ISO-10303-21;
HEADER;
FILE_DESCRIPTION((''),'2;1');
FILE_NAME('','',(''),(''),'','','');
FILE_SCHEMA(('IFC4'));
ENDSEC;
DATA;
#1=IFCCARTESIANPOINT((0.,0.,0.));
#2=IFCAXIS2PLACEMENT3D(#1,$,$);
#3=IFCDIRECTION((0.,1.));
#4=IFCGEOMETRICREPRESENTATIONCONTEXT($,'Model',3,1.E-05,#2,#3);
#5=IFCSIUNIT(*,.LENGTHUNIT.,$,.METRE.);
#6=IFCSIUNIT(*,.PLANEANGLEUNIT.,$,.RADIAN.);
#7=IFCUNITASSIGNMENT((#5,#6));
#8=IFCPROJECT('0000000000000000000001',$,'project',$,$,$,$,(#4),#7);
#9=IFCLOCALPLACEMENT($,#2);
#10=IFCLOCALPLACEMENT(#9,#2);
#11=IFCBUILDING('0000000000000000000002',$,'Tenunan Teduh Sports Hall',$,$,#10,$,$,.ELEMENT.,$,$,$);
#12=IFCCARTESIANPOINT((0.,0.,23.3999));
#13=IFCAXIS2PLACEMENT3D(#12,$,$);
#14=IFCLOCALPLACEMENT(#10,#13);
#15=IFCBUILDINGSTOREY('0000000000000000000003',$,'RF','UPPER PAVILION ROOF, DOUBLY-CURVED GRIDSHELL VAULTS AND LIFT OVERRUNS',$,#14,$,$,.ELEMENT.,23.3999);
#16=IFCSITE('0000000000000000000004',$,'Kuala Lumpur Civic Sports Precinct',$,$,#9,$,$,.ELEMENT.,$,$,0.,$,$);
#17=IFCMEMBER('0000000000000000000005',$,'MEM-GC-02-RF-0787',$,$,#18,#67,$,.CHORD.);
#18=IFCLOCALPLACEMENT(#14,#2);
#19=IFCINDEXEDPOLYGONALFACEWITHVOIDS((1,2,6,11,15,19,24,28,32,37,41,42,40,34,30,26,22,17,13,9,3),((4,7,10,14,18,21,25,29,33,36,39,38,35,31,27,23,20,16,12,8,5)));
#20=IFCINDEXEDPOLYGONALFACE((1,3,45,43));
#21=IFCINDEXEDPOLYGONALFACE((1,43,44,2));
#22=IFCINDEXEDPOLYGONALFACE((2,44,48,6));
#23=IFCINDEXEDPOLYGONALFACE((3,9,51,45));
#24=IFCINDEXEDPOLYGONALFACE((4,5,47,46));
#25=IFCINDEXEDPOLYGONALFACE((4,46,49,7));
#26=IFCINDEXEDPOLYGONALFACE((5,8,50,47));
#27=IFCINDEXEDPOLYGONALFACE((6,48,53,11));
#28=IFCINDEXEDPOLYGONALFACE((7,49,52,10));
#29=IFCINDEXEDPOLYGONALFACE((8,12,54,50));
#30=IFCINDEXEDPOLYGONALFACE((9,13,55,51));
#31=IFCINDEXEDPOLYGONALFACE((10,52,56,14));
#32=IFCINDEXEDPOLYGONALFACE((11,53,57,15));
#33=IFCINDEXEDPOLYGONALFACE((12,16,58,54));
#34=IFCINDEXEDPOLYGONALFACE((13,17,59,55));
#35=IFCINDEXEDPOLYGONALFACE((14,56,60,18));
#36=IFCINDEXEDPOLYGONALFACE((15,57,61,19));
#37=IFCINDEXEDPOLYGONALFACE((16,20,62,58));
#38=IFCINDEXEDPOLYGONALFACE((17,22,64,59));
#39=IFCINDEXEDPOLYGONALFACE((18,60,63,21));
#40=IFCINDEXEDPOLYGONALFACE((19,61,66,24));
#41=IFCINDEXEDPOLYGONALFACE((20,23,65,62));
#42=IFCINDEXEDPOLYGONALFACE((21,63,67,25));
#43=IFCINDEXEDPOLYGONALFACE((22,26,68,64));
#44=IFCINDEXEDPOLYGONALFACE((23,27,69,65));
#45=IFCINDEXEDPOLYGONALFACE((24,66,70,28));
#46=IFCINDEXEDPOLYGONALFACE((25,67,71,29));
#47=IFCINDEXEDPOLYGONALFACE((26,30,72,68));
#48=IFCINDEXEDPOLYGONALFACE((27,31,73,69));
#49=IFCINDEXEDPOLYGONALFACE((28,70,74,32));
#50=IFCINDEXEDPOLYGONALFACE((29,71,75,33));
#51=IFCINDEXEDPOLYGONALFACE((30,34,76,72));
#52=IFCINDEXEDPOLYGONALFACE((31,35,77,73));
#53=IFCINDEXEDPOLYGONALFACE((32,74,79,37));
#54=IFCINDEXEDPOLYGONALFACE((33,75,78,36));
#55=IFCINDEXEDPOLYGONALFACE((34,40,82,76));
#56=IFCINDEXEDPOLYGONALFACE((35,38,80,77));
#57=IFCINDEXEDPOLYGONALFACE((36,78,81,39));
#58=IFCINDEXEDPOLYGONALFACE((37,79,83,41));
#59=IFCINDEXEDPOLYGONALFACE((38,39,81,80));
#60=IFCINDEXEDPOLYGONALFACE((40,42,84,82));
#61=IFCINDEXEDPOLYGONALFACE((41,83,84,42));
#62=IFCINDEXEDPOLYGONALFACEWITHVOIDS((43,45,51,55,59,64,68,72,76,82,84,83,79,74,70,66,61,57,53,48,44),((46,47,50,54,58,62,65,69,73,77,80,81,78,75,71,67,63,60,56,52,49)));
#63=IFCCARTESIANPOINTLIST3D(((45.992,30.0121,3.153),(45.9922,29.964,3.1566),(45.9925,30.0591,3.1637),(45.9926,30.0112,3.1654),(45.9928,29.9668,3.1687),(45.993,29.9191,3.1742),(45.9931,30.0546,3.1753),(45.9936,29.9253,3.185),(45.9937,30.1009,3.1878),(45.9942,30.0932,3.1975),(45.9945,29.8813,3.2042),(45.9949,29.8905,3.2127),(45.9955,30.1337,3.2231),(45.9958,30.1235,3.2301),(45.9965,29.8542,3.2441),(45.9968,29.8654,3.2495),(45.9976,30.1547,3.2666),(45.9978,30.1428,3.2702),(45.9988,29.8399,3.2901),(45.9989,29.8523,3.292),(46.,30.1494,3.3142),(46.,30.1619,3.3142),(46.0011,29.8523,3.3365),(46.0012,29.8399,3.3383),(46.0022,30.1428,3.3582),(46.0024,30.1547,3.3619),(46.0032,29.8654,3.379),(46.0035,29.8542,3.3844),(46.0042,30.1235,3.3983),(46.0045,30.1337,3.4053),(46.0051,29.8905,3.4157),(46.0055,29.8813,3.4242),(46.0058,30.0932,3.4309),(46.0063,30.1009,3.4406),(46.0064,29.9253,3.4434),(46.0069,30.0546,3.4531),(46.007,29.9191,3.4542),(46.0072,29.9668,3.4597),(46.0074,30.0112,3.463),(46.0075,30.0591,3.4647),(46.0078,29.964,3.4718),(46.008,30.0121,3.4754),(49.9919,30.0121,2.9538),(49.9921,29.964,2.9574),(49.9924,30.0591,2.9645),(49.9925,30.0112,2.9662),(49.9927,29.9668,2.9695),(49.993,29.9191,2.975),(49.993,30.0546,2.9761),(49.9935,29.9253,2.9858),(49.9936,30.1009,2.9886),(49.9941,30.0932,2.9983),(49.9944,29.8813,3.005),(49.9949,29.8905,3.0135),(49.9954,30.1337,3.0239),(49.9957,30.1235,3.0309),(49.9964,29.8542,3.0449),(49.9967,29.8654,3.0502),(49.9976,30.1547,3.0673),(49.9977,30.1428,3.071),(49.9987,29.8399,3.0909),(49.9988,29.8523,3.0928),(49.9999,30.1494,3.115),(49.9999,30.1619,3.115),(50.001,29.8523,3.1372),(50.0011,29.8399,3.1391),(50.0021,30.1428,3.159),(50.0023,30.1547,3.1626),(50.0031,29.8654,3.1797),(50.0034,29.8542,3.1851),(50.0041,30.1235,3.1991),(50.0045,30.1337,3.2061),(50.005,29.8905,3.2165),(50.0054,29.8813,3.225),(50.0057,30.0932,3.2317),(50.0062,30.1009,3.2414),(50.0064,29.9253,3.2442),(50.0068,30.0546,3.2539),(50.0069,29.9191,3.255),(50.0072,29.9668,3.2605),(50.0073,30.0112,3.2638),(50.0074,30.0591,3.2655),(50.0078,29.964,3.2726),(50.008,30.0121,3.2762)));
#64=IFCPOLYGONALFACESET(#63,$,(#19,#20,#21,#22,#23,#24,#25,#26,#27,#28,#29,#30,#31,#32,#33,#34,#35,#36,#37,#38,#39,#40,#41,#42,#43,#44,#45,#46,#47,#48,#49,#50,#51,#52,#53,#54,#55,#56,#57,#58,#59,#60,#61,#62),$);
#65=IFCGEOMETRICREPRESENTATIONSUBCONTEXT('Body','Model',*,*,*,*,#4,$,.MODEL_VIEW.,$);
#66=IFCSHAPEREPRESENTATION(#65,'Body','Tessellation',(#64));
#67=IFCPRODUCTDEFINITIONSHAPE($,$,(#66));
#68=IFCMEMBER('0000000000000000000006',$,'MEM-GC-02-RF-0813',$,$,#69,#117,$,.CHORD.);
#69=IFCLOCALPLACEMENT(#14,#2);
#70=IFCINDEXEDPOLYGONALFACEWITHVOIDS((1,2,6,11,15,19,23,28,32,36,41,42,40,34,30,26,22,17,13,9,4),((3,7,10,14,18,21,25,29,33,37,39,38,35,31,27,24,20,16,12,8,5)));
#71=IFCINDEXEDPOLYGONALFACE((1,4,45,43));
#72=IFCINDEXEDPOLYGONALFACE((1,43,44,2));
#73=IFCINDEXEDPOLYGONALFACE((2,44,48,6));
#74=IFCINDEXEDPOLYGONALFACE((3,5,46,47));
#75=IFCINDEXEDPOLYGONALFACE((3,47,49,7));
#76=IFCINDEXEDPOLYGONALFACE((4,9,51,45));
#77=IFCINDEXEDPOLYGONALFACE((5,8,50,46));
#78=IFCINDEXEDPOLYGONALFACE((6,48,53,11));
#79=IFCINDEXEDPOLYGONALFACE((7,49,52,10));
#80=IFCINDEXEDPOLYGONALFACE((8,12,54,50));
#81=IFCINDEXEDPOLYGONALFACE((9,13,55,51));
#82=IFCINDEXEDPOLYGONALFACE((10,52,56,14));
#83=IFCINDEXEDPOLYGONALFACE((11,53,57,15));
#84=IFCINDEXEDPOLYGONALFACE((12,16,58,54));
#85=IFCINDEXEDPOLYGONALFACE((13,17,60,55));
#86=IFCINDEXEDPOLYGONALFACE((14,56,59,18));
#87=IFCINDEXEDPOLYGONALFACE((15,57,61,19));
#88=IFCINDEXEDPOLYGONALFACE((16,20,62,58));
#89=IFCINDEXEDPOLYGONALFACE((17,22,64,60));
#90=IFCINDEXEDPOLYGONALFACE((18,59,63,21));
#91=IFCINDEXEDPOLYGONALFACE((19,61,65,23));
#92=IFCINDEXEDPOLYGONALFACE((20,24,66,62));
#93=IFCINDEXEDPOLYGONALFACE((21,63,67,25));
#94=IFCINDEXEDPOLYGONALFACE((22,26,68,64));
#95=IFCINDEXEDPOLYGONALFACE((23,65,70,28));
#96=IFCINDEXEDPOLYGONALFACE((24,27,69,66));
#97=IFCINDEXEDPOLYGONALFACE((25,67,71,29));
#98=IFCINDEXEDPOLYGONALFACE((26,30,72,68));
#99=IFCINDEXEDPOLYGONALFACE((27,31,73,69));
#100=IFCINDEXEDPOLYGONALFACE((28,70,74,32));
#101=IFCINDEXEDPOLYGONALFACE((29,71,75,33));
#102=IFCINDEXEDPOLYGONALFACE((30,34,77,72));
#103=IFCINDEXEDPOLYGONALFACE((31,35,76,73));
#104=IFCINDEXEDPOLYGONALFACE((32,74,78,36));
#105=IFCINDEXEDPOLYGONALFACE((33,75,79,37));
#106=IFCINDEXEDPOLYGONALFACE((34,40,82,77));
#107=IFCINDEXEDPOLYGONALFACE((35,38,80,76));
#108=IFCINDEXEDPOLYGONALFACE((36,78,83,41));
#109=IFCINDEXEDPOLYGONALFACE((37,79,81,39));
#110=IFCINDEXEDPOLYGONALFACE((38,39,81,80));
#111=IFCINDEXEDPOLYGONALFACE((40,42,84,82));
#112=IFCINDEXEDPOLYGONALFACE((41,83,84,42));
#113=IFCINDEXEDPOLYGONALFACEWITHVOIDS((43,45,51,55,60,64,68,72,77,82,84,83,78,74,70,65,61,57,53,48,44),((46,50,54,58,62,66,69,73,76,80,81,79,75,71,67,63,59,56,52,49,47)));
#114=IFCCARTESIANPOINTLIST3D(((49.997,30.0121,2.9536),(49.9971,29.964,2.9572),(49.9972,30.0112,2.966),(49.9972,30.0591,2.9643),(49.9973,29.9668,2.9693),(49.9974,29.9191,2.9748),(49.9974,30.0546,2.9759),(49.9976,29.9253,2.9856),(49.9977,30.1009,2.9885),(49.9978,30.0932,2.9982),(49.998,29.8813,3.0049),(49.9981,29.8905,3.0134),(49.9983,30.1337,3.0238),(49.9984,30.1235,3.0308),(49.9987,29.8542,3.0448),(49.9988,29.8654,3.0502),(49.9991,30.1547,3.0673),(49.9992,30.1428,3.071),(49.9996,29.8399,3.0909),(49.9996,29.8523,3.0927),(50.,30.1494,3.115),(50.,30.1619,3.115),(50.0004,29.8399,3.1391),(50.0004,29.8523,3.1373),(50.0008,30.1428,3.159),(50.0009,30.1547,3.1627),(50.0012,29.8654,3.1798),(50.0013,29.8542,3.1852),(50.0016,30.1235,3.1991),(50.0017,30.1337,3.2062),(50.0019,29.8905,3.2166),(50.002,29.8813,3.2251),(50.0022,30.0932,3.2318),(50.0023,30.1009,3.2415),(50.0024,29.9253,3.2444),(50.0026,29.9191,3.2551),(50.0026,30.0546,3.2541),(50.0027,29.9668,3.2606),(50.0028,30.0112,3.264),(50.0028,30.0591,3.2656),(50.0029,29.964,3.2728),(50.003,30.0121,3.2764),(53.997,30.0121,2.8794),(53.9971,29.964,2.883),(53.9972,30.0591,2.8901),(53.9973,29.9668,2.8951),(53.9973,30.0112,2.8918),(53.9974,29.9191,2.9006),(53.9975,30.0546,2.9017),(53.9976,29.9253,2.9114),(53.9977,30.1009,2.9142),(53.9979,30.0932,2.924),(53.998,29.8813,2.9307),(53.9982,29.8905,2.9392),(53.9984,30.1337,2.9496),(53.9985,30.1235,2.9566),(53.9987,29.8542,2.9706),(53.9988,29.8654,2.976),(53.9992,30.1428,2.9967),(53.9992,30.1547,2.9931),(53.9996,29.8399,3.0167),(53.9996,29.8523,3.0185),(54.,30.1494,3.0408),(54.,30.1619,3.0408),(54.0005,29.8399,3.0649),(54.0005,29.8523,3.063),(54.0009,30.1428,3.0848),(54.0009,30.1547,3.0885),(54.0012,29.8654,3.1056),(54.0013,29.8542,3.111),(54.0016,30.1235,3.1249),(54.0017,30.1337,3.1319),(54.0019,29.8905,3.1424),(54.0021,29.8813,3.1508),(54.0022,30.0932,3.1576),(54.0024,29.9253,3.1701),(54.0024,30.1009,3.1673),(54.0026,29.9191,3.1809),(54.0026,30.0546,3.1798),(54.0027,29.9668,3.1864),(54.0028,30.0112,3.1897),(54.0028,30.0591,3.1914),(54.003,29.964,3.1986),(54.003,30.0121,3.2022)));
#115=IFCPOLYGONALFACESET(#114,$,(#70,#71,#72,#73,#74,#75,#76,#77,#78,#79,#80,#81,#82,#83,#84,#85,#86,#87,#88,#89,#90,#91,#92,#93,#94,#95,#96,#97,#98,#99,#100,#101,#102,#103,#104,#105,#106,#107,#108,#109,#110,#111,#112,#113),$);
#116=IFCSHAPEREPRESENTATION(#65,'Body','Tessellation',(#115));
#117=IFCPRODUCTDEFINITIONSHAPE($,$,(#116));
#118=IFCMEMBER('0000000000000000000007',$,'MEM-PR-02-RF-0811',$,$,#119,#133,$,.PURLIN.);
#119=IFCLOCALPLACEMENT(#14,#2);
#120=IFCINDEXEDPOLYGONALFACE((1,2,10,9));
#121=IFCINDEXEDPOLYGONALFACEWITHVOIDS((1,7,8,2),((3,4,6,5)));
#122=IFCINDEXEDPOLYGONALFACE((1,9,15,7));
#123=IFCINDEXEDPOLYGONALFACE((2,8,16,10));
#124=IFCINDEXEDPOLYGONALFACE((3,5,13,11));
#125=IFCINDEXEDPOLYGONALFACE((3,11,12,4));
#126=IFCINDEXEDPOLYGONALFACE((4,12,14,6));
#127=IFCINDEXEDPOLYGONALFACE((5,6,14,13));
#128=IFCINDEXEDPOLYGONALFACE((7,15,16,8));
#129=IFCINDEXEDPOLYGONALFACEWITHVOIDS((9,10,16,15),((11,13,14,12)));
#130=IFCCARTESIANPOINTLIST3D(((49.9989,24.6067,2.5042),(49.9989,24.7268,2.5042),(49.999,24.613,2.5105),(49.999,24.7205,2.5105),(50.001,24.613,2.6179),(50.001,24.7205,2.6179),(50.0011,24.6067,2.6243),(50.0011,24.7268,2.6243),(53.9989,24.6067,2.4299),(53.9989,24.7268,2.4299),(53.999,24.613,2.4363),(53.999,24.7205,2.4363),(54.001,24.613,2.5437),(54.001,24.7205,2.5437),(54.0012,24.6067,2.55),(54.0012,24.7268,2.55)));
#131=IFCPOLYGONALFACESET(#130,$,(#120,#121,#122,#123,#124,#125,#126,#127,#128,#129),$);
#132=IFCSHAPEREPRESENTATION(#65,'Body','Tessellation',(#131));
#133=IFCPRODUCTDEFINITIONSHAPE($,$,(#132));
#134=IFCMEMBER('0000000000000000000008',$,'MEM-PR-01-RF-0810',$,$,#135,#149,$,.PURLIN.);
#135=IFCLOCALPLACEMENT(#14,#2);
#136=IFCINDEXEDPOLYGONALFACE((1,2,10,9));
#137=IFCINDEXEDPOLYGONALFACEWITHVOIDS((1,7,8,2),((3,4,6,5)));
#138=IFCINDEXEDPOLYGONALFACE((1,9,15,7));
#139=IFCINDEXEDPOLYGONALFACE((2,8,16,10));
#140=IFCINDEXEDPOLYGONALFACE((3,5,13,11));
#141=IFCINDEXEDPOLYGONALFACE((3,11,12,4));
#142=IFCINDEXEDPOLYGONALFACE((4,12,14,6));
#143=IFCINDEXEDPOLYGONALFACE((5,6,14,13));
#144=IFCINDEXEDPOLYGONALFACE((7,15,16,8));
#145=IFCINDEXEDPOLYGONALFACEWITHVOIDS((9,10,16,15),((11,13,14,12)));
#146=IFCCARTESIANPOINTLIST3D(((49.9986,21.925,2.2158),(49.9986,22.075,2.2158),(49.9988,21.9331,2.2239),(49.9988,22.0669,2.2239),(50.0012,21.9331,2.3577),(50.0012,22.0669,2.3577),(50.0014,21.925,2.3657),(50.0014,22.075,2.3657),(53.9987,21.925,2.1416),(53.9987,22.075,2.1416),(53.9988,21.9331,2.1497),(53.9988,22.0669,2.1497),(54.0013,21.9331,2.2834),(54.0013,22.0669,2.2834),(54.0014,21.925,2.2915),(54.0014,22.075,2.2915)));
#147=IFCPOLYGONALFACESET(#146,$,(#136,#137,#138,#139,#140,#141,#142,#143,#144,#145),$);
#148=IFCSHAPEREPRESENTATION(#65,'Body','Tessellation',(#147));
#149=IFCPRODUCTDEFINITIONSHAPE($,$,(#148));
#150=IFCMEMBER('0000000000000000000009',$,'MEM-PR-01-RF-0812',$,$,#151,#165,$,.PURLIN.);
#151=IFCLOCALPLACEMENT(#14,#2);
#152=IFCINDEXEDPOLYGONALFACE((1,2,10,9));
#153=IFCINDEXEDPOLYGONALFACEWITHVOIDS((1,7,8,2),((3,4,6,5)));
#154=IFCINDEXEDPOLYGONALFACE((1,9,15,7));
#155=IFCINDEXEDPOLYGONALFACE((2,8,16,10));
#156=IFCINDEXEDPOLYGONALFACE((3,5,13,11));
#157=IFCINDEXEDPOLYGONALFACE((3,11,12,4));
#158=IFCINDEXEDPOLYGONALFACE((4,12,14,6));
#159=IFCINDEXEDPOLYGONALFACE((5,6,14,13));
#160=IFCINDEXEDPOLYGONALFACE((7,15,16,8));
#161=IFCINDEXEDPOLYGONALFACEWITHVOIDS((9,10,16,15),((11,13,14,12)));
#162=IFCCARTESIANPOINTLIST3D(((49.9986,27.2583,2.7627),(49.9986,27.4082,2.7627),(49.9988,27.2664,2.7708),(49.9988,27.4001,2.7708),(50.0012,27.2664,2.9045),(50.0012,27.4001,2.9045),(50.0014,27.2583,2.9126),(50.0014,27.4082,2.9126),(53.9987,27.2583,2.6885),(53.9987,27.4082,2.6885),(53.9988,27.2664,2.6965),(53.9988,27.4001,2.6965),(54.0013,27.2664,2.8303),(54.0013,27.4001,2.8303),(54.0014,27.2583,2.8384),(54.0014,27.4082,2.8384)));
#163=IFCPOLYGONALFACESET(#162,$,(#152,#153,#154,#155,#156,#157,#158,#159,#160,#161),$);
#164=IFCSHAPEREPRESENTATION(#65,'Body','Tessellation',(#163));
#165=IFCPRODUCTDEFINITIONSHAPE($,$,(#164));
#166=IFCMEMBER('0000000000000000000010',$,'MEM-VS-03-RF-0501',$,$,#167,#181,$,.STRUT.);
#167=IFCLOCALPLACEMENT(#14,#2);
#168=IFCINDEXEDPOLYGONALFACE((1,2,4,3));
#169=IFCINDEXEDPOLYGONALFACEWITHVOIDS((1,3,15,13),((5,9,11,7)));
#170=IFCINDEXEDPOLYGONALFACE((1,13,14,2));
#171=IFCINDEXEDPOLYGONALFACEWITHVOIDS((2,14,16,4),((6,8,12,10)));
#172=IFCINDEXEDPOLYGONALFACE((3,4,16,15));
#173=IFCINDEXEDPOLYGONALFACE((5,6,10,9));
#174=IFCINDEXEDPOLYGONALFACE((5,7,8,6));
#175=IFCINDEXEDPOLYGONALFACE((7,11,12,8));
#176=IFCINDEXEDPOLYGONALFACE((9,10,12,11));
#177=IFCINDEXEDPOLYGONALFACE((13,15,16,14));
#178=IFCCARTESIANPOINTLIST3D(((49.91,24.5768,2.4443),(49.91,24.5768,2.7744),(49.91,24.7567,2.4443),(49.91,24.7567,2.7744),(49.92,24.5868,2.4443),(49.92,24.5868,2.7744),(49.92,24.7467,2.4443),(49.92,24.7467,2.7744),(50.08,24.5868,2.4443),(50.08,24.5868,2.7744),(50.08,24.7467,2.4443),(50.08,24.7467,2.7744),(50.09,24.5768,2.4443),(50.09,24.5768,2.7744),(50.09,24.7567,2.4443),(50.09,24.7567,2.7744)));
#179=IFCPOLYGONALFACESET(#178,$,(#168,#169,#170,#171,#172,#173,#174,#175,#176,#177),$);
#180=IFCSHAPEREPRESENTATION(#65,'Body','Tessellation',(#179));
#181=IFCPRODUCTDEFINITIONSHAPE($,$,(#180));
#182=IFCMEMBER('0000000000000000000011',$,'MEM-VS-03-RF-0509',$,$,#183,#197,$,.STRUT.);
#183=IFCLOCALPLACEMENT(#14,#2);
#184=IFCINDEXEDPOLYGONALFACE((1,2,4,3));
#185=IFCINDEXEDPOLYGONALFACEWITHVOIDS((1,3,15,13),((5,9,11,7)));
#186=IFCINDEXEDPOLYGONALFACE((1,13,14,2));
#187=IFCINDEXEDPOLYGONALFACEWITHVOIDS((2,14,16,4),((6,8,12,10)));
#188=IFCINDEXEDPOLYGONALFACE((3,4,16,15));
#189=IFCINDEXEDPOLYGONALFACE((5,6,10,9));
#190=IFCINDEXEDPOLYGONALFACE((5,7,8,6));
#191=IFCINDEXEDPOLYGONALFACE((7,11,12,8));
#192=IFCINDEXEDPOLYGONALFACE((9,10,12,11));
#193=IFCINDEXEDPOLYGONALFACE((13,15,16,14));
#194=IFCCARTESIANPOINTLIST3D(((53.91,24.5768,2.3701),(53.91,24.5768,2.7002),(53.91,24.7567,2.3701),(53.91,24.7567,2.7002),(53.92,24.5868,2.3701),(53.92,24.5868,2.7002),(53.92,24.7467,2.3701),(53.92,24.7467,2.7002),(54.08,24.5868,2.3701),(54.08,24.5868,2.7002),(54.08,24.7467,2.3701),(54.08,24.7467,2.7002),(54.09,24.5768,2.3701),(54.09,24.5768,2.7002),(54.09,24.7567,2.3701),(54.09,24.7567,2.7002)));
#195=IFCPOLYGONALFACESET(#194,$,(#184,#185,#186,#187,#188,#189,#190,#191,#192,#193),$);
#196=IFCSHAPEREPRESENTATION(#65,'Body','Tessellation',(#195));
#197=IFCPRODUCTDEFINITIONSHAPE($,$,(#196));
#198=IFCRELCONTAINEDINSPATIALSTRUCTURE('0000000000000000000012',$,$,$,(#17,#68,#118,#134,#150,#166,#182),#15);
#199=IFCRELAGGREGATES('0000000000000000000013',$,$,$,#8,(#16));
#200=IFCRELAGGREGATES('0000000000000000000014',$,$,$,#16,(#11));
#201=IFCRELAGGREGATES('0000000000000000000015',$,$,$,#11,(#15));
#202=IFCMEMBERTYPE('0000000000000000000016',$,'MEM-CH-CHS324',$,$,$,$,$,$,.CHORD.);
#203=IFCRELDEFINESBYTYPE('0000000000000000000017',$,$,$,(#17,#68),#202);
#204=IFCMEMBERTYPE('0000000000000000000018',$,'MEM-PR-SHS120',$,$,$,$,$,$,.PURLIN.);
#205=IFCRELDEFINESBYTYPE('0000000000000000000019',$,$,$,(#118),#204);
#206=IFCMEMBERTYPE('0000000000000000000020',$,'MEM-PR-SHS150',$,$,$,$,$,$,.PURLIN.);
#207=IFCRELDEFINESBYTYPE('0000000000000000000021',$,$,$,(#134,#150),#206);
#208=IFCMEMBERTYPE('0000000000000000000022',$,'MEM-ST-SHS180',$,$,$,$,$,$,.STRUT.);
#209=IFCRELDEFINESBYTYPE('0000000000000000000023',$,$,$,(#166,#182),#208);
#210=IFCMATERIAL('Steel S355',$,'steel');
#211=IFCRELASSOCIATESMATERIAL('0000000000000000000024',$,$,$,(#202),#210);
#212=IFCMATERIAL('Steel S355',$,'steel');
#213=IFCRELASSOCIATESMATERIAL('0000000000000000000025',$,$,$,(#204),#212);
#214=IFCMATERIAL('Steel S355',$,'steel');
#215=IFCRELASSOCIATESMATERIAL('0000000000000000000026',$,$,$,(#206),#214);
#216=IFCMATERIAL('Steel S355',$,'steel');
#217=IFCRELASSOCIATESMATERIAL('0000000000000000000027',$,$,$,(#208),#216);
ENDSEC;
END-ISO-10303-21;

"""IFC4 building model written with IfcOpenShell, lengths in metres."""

from ifc_helpers import new_model, si_unit, direction, frame, origin, origin_2d, place, context, subcontext, project, spatial, hollow_rectangle, hollow_circle, extrude, material, material_profile, profile_set, type_object, element, save


model = new_model("IFC4")

# Units and contexts
model_context = context("Model", 3, precision=1e-05, world=origin(), true_north=direction((0.0, 1.0)))
body_context = subcontext(model_context, "Body", "Model", "MODEL_VIEW")
ifc_project = project(units=[si_unit("LENGTHUNIT", "METRE"), si_unit("PLANEANGLEUNIT", "RADIAN")], contexts=[model_context])

# Site, building, storey
site_placement = place(None, origin())
site = spatial("IfcSite", under=ifc_project, at=site_placement, Name="Kuala Lumpur Civic Sports Precinct", CompositionType="ELEMENT", RefElevation=0.0)
building_placement = place(site_placement, origin())
building = spatial("IfcBuilding", under=site, at=building_placement, Name="Tenunan Teduh Sports Hall", CompositionType="ELEMENT")
storey_placement = place(building_placement, frame((0.0, 0.0, 23.3999)))
storey = spatial("IfcBuildingStorey", under=building, at=storey_placement, Name="RF", Description="UPPER PAVILION ROOF, DOUBLY-CURVED GRIDSHELL VAULTS AND LIFT OVERRUNS", CompositionType="ELEMENT", Elevation=23.3999)

# Members
ifc_material_1 = material(Name="Steel S355", Category="steel")
ifc_material_profile_1 = material_profile(ifc_material_1, hollow_circle(Radius=0.1619, WallThickness=0.0125, at=origin_2d()), Name="CHS 323.9x12.5")
ifc_profile_set_1 = profile_set([ifc_material_profile_1], Name="Steel S355")
member_type_1 = type_object("IfcMemberType", Name="MEM-CH-CHS324", PredefinedType="CHORD", material=ifc_profile_set_1)
member_1_placement = place(storey_placement, frame((46.0, 30.0, 3.3142), z_axis=(0.998762, 0.0, -0.049743), x_axis=(0.0, 1.0, 0.0)))
element("IfcMember", 1, at=member_1_placement, inside=storey, type_object=member_type_1, Name="MEM-GC-02-RF-0787", PredefinedType="CHORD", context=body_context, shape_type="SweptSolid", body=[
    extrude(hollow_circle(Radius=0.1619, WallThickness=0.0125, at=origin_2d()), origin(), (0.0, 0.0, 1.0), 4.0049),
])
member_2_placement = place(storey_placement, frame((50.0, 30.0, 3.115), z_axis=(0.999828, 0.0, -0.018551), x_axis=(0.0, 1.0, 0.0)))
element("IfcMember", 2, at=member_2_placement, inside=storey, type_object=member_type_1, Name="MEM-GC-02-RF-0813", PredefinedType="CHORD", context=body_context, shape_type="SweptSolid", body=[
    extrude(hollow_circle(Radius=0.1619, WallThickness=0.0125, at=origin_2d()), origin(), (0.0, 0.0, 1.0), 4.0007),
])
ifc_material_2 = material(Name="Steel S355", Category="steel")
ifc_material_profile_2 = material_profile(ifc_material_2, hollow_rectangle(XDim=0.1201, YDim=0.1201, WallThickness=0.0063, at=origin_2d()), Name="SHS 120x120x6.3")
ifc_profile_set_2 = profile_set([ifc_material_profile_2], Name="Steel S355")
member_type_2 = type_object("IfcMemberType", Name="MEM-PR-SHS120", PredefinedType="PURLIN", material=ifc_profile_set_2)
member_3_placement = place(storey_placement, frame((50.0, 24.6667, 2.5642), z_axis=(0.999828, 0.0, -0.018551), x_axis=(0.0, 1.0, 0.0)))
element("IfcMember", 3, at=member_3_placement, inside=storey, type_object=member_type_2, Name="MEM-PR-02-RF-0811", PredefinedType="PURLIN", context=body_context, shape_type="SweptSolid", body=[
    extrude(hollow_rectangle(XDim=0.1201, YDim=0.1201, WallThickness=0.0063, at=origin_2d()), origin(), (0.0, 0.0, 1.0), 4.0007),
])
ifc_material_3 = material(Name="Steel S355", Category="steel")
ifc_material_profile_3 = material_profile(ifc_material_3, hollow_rectangle(XDim=0.1499, YDim=0.1499, WallThickness=0.0081, at=origin_2d()), Name="SHS 150x150x8.0")
ifc_profile_set_3 = profile_set([ifc_material_profile_3], Name="Steel S355")
member_type_3 = type_object("IfcMemberType", Name="MEM-PR-SHS150", PredefinedType="PURLIN", material=ifc_profile_set_3)
for number, where, z_axis, x_axis, name in (
    (4, (50.0, 22.0, 2.2908), (0.999828, 0.0, -0.018551), (0.0, 1.0, 0.0), "MEM-PR-01-RF-0810"),
    (5, (50.0, 27.3333, 2.8376), (0.999828, 0.0, -0.018551), (0.0, 1.0, 0.0), "MEM-PR-01-RF-0812"),
):
    element("IfcMember", number, at=place(storey_placement, frame(where, z_axis=z_axis, x_axis=x_axis)), inside=storey, type_object=member_type_3, Name=name, PredefinedType="PURLIN", context=body_context, shape_type="SweptSolid", body=[
        extrude(hollow_rectangle(XDim=0.1499, YDim=0.1499, WallThickness=0.0081, at=origin_2d()), origin(), (0.0, 0.0, 1.0), 4.0007),
    ])
ifc_material_4 = material(Name="Steel S355", Category="steel")
ifc_material_profile_4 = material_profile(ifc_material_4, hollow_rectangle(XDim=0.1799, YDim=0.1799, WallThickness=0.01, at=origin_2d()), Name="SHS 180x180x10.0")
ifc_profile_set_4 = profile_set([ifc_material_profile_4], Name="Steel S355")
member_type_4 = type_object("IfcMemberType", Name="MEM-ST-SHS180", PredefinedType="STRUT", material=ifc_profile_set_4)
for number, where, z_axis, x_axis, name in (
    (6, (50.0, 24.6667, 2.4443), (0.0, 0.0, 1.0), (1.0, 0.0, 0.0), "MEM-VS-03-RF-0501"),
    (7, (54.0, 24.6667, 2.3701), (0.0, 0.0, 1.0), (1.0, 0.0, 0.0), "MEM-VS-03-RF-0509"),
):
    element("IfcMember", number, at=place(storey_placement, frame(where, z_axis=z_axis, x_axis=x_axis)), inside=storey, type_object=member_type_4, Name=name, PredefinedType="STRUT", context=body_context, shape_type="SweptSolid", body=[
        extrude(hollow_rectangle(XDim=0.1799, YDim=0.1799, WallThickness=0.01, at=origin_2d()), origin(), (0.0, 0.0, 1.0), 0.3301),
    ])

save(model, "model.ifc")
